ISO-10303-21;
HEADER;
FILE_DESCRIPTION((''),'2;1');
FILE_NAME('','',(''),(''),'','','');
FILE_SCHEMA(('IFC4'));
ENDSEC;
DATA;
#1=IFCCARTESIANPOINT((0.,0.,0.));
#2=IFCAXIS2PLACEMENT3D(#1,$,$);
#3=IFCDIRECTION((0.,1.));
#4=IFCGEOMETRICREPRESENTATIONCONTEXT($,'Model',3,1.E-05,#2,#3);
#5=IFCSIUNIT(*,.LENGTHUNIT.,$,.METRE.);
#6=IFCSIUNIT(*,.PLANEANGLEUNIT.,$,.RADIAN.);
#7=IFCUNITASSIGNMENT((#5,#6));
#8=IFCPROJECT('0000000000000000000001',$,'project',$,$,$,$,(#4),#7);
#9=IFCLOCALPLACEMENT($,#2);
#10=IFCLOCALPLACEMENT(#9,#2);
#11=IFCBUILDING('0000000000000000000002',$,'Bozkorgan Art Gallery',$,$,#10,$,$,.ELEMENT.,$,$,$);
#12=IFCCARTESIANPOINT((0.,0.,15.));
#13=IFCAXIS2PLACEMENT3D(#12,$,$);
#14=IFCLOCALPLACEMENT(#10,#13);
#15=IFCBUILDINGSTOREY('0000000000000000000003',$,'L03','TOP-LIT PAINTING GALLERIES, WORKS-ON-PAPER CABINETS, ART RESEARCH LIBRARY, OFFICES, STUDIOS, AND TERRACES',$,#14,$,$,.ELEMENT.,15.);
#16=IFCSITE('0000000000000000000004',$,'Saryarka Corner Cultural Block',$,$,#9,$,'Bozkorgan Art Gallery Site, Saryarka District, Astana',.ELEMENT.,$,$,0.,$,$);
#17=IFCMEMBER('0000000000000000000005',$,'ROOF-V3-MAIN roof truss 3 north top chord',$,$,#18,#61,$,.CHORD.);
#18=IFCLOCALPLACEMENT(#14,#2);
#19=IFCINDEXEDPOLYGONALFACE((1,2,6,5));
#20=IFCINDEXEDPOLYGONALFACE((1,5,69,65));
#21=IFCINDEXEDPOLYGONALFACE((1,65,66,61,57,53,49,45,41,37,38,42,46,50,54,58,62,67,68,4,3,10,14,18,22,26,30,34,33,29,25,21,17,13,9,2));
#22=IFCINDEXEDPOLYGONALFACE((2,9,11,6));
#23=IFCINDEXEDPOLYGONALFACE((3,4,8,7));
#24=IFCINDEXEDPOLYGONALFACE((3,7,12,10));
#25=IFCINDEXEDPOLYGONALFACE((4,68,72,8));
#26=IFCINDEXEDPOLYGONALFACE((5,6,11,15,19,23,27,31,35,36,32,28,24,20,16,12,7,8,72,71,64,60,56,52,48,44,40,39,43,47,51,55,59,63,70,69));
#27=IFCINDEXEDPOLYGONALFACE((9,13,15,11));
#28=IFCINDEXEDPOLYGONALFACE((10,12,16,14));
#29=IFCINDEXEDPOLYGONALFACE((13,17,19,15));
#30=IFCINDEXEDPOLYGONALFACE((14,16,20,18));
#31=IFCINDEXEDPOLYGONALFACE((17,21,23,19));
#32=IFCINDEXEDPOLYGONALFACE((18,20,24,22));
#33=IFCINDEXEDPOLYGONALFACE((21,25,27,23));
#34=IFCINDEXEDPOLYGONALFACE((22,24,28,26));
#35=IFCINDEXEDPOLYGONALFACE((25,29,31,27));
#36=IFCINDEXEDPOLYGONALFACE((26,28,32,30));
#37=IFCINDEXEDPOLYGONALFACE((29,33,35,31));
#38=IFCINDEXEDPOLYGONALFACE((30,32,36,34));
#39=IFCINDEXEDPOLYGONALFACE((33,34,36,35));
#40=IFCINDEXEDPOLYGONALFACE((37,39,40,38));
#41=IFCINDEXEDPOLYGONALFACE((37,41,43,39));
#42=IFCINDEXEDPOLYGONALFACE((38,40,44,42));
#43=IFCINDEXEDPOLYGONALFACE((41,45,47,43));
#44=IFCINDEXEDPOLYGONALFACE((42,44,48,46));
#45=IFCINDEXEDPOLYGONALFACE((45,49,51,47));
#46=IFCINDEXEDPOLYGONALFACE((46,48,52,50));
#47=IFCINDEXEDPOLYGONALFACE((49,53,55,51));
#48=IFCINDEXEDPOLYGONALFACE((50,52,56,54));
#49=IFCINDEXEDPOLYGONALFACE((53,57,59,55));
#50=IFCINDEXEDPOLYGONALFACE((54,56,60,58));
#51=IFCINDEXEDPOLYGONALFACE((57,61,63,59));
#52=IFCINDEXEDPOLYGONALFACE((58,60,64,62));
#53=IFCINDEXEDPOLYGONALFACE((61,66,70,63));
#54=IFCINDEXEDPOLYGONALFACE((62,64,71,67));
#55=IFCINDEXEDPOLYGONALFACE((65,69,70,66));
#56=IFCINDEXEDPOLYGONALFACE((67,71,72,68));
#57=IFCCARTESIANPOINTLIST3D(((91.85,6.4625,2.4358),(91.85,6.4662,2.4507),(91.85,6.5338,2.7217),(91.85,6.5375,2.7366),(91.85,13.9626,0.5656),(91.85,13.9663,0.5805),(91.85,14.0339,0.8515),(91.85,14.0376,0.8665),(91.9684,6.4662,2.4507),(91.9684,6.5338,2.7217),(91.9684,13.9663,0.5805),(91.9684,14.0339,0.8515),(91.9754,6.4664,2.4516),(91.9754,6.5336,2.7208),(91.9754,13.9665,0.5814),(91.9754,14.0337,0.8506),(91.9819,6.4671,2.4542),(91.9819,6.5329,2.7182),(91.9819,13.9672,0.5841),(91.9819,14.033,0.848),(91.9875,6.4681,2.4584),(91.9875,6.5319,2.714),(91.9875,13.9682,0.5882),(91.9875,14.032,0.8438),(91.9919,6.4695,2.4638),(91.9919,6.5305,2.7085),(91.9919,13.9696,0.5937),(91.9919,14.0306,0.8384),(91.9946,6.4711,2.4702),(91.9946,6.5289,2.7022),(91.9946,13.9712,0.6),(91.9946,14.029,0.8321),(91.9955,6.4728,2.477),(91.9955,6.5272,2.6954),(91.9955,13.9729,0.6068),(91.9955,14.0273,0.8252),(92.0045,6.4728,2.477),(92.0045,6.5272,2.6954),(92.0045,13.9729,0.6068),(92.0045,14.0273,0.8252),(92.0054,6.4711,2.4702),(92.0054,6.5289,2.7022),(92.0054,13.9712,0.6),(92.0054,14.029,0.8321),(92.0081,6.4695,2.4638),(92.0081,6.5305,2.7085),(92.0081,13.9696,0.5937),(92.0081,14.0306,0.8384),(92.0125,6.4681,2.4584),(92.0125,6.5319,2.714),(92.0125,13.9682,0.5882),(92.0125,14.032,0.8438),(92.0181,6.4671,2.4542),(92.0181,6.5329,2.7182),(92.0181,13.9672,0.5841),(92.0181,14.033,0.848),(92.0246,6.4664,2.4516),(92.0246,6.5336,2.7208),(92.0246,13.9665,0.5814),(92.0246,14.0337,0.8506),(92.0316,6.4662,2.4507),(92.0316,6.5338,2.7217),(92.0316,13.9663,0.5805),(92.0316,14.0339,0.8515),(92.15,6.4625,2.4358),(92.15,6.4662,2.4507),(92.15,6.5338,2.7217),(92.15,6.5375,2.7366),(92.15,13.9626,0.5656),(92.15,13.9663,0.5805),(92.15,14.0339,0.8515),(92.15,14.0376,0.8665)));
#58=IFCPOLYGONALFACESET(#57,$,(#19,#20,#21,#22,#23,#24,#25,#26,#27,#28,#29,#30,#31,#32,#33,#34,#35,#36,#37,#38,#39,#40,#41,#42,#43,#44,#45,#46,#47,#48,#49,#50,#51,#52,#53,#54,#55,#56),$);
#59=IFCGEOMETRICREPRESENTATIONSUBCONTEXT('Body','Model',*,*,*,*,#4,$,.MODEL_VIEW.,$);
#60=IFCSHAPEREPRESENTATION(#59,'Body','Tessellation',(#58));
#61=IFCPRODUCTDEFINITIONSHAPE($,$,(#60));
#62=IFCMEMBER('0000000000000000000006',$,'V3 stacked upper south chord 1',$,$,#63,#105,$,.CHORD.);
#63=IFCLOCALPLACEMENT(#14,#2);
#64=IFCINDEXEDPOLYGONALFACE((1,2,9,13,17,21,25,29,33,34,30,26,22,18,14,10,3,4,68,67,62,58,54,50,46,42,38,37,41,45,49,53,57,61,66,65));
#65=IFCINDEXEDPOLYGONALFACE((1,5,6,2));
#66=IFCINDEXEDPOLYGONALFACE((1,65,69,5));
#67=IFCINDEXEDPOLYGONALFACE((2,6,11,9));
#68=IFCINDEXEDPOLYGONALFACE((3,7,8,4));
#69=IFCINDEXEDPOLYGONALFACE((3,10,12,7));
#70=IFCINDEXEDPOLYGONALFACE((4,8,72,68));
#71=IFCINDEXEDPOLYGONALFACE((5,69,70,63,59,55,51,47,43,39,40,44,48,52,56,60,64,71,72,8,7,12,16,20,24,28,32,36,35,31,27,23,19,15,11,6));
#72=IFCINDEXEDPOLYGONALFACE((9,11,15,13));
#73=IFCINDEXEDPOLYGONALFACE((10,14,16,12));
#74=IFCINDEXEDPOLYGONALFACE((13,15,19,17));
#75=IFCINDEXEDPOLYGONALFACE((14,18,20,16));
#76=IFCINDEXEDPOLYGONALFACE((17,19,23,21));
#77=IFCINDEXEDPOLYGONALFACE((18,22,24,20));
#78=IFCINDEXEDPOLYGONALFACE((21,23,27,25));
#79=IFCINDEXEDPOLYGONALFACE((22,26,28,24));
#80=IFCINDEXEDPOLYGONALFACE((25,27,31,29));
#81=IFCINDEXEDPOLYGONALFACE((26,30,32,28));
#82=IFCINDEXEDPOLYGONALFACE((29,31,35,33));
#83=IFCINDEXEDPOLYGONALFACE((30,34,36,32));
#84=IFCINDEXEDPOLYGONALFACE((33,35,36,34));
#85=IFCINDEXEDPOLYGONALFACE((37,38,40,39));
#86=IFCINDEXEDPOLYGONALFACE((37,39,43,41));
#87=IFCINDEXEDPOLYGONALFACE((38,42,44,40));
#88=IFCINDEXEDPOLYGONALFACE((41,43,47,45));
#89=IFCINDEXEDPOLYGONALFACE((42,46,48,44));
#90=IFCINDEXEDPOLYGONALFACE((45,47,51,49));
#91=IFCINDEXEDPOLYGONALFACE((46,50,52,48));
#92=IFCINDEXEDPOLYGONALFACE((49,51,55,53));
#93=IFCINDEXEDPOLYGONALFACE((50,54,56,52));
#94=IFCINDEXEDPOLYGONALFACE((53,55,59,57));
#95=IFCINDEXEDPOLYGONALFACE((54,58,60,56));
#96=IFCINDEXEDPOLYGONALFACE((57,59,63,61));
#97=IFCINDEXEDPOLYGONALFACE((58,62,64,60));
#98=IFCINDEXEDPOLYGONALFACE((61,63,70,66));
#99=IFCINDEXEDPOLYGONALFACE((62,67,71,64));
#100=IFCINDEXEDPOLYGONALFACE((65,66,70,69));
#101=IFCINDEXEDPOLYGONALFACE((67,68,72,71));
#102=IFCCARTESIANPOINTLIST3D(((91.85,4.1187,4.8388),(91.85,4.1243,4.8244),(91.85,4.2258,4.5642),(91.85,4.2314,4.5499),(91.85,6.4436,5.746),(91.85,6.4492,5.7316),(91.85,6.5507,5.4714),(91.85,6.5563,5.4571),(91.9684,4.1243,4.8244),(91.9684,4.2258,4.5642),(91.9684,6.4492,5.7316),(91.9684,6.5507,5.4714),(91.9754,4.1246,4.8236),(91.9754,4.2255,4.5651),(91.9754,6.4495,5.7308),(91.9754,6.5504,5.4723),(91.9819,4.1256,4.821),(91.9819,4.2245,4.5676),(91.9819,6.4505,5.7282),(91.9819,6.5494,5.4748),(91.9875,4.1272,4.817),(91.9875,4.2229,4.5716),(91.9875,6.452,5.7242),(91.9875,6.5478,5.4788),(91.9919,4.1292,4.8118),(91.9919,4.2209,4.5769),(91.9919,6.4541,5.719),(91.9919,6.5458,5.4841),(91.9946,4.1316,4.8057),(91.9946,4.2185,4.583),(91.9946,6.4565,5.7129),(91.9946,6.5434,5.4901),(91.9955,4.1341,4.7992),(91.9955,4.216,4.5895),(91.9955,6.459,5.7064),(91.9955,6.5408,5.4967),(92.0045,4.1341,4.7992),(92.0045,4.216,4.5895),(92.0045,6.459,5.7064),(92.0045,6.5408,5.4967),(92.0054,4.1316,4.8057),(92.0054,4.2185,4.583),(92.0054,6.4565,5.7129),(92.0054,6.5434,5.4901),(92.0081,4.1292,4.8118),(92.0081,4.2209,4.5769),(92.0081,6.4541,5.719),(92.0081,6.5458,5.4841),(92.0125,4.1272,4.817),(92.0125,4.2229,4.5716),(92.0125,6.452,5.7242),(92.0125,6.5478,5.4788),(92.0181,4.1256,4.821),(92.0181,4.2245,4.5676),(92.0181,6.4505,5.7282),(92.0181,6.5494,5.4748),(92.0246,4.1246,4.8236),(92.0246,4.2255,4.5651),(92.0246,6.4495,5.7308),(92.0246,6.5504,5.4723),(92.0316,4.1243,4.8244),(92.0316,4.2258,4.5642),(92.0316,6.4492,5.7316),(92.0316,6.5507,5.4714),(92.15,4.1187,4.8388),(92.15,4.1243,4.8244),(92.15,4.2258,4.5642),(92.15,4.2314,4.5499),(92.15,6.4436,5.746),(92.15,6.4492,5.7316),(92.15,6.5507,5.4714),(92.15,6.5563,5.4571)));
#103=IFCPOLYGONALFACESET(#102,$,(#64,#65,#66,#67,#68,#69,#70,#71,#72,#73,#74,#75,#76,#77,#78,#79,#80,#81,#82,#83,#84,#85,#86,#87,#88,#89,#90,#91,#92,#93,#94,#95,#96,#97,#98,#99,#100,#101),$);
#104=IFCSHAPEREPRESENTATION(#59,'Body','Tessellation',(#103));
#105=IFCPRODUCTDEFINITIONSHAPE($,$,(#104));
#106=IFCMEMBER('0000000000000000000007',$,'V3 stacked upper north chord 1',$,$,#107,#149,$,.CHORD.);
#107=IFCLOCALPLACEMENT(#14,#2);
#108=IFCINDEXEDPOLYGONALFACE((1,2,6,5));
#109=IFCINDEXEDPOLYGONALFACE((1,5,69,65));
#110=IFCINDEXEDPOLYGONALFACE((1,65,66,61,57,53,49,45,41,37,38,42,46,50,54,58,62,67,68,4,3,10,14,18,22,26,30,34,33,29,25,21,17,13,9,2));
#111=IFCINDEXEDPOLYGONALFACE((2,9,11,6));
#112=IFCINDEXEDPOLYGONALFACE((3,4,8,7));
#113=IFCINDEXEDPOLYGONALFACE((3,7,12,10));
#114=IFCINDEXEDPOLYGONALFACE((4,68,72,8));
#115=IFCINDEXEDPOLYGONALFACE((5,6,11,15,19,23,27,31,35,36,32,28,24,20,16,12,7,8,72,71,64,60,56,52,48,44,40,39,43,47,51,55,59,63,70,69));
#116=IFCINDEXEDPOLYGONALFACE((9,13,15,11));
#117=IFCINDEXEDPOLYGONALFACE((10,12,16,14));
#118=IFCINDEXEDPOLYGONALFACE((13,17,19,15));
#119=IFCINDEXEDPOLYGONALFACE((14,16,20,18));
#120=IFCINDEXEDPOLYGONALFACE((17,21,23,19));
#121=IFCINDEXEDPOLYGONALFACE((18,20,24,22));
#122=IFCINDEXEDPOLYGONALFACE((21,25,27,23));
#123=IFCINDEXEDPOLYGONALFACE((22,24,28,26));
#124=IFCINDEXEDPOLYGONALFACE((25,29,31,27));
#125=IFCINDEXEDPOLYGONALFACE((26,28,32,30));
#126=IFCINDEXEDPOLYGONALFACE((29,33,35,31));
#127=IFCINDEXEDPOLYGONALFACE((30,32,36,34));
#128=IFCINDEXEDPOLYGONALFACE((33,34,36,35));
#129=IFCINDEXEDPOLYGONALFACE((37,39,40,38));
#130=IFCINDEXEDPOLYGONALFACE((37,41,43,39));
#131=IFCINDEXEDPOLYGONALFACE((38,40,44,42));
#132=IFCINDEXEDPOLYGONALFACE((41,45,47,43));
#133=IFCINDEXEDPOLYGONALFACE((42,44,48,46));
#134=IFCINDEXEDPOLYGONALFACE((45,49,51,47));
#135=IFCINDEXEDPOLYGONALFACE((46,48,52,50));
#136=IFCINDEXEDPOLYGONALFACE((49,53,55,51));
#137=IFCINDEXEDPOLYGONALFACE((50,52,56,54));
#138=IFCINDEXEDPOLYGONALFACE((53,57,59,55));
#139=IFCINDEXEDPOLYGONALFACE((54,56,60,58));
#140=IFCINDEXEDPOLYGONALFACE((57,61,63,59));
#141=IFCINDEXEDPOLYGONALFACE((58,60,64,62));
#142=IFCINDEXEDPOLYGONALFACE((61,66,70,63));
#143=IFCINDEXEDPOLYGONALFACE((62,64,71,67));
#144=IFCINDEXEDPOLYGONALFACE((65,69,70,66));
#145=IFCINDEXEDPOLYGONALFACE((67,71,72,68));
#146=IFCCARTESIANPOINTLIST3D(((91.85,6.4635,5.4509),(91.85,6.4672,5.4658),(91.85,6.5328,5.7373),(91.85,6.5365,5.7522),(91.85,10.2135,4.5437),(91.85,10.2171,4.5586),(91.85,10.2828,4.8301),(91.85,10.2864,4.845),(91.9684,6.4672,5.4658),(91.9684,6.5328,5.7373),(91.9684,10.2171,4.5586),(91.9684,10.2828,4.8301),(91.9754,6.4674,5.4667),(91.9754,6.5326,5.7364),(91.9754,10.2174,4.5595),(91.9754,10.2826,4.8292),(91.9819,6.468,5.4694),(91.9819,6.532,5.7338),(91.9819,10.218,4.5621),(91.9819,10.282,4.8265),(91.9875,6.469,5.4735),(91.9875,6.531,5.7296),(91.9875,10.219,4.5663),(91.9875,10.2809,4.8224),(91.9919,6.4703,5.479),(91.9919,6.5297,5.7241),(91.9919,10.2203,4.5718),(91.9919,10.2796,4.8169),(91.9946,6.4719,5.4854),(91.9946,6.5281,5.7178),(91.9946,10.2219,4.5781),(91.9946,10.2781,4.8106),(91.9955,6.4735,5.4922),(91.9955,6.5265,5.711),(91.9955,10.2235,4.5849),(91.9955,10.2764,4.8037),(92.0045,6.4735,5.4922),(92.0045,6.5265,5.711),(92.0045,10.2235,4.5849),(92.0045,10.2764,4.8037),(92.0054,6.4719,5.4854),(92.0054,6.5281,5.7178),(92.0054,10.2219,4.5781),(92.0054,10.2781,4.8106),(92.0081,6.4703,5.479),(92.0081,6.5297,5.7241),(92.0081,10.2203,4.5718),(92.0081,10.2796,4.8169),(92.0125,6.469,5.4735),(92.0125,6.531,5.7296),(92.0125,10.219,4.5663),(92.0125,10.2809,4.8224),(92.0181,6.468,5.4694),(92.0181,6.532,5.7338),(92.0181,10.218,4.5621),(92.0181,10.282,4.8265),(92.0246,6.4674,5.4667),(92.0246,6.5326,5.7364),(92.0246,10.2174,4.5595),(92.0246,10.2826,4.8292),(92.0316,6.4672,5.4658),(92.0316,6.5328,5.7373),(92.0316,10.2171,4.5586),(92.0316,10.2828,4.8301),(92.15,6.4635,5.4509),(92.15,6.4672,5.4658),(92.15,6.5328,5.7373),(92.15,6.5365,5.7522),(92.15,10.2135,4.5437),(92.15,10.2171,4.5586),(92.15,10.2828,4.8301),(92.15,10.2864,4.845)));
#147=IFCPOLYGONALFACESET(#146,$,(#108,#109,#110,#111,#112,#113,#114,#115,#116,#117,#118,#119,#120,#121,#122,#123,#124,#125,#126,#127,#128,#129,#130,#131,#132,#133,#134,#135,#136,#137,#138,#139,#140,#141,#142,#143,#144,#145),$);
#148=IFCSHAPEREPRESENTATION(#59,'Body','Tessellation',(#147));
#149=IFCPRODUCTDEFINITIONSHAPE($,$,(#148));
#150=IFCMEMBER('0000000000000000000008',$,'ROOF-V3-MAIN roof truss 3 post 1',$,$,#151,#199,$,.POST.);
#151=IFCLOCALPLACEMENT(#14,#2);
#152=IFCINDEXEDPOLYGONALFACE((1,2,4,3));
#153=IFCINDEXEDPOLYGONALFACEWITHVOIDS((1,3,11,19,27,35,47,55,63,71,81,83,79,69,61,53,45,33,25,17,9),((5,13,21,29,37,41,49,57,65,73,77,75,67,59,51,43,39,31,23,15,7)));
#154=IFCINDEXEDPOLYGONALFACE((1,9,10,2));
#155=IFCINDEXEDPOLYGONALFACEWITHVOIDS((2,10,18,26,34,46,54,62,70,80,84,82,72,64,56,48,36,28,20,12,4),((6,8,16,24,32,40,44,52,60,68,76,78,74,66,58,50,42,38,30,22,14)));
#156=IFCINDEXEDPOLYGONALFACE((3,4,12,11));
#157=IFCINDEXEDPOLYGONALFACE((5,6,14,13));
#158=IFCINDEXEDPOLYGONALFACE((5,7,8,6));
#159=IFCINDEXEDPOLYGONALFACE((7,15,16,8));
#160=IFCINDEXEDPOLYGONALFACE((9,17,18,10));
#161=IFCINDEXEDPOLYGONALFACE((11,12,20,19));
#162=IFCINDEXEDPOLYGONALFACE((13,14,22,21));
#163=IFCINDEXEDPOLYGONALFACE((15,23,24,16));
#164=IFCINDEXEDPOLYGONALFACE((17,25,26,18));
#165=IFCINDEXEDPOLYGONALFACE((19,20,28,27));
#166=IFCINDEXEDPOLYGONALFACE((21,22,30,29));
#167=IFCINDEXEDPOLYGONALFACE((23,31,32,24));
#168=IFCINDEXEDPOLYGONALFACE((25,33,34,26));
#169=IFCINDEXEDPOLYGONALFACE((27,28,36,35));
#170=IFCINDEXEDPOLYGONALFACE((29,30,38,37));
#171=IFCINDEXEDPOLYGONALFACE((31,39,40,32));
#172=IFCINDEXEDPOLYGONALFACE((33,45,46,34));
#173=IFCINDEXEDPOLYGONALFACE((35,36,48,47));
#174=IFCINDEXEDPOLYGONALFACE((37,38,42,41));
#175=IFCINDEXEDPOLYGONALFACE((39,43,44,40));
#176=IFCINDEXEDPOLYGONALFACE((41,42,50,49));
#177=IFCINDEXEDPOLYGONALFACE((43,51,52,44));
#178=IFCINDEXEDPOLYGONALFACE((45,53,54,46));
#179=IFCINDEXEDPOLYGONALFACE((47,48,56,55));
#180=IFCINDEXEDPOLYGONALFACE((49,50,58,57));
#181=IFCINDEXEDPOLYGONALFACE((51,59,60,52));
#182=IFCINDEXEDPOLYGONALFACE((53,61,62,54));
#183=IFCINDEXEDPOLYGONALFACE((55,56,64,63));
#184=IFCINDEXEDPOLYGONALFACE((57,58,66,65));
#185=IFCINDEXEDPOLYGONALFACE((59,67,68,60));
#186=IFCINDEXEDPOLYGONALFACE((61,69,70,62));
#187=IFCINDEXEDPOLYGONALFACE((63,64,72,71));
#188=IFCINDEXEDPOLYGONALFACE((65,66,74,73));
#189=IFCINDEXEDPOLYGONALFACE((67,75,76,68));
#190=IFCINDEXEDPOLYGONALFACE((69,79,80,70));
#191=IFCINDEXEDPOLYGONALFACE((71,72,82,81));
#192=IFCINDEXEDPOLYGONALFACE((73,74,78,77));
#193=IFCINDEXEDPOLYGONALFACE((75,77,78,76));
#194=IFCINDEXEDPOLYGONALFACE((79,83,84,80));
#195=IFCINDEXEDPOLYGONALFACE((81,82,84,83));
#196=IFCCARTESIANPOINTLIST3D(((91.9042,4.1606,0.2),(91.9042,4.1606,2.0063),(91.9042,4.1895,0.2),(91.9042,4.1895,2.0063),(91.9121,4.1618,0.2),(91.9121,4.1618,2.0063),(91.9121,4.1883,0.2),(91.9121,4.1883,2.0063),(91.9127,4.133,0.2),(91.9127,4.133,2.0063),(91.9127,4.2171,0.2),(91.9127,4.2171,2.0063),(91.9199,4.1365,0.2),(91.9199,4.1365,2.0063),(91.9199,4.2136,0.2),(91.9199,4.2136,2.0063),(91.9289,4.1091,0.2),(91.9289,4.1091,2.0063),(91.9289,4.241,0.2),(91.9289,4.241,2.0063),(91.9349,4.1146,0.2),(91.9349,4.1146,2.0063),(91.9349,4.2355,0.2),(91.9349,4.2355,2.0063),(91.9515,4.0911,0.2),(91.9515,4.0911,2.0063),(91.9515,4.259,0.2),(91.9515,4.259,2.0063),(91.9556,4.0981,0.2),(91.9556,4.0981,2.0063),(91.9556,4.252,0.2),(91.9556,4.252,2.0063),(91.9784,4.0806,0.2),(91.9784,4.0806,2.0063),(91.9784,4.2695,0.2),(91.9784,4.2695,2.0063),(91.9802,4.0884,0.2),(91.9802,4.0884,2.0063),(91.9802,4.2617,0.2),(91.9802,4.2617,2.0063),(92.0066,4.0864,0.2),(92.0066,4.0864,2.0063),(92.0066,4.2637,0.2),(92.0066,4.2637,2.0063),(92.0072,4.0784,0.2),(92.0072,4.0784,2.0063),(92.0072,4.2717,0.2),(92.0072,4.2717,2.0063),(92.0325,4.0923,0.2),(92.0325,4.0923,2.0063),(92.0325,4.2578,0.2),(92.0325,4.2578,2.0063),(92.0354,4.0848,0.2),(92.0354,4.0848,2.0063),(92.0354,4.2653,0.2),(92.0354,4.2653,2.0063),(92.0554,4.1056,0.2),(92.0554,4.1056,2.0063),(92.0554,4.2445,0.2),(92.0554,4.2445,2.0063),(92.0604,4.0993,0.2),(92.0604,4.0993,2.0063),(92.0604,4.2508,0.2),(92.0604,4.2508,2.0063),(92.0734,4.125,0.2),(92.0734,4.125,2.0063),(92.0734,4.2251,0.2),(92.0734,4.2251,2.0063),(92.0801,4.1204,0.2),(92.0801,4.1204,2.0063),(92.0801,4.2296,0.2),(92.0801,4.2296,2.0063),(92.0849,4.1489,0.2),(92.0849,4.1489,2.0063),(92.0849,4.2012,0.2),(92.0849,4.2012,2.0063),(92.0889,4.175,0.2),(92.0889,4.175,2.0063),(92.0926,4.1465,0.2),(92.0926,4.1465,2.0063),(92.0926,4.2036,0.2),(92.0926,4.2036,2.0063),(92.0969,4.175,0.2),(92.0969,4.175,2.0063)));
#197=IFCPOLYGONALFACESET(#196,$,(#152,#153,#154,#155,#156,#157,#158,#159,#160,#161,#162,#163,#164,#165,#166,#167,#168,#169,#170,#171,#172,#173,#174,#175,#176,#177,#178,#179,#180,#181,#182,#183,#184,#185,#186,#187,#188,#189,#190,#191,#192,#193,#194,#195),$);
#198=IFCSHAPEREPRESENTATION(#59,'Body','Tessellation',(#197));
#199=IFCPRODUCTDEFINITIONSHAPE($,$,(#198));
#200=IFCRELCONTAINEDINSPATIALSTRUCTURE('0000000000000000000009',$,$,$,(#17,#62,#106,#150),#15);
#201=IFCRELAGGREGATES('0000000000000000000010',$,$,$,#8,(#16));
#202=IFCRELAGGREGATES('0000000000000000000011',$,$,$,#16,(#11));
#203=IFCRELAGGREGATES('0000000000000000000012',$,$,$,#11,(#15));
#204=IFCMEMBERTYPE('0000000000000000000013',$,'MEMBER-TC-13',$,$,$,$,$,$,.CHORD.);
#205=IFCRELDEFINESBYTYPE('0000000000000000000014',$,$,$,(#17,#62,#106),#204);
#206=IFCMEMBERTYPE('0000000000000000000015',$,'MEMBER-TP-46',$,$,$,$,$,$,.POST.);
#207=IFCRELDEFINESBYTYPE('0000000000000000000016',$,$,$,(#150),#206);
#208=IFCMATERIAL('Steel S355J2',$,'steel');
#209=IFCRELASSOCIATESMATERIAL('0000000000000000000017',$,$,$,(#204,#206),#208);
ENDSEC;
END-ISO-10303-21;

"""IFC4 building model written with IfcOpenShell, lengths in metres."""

from ifc_helpers import new_model, si_unit, direction, frame, origin, origin_2d, place, context, subcontext, project, spatial, hollow_circle, i_section, extrude, material, material_profile, profile_set, type_object, element, save


model = new_model("IFC4")

# Units and contexts
model_context = context("Model", 3, precision=1e-05, world=origin(), true_north=direction((0.0, 1.0)))
body_context = subcontext(model_context, "Body", "Model", "MODEL_VIEW")
ifc_project = project(units=[si_unit("LENGTHUNIT", "METRE"), si_unit("PLANEANGLEUNIT", "RADIAN")], contexts=[model_context])

# Site, building, storey
site_placement = place(None, origin())
site = spatial("IfcSite", under=ifc_project, at=site_placement, Name="Saryarka Corner Cultural Block", LongName="Bozkorgan Art Gallery Site, Saryarka District, Astana", CompositionType="ELEMENT", RefElevation=0.0)
building_placement = place(site_placement, origin())
building = spatial("IfcBuilding", under=site, at=building_placement, Name="Bozkorgan Art Gallery", CompositionType="ELEMENT")
storey_placement = place(building_placement, frame((0.0, 0.0, 15.0)))
storey = spatial("IfcBuildingStorey", under=building, at=storey_placement, Name="L03", Description="TOP-LIT PAINTING GALLERIES, WORKS-ON-PAPER CABINETS, ART RESEARCH LIBRARY, OFFICES, STUDIOS, AND TERRACES", CompositionType="ELEMENT", Elevation=15.0)

# Shared definitions
ifc_material_1 = material(Name="Steel S355J2", Category="steel")

# Members
ifc_material_profile_1 = material_profile(ifc_material_1, i_section(OverallWidth=0.3, OverallDepth=0.3101, WebThickness=0.009, FlangeThickness=0.0154, FilletRadius=0.0271, at=origin_2d()), Name="HEA 320")
ifc_profile_set_1 = profile_set([ifc_material_profile_1], Name="Steel S355J2")
member_type_1 = type_object("IfcMemberType", Name="MEMBER-TC-13", PredefinedType="CHORD", material=ifc_profile_set_1)
member_1_placement = place(storey_placement, frame((92.0, 6.5, 2.5862), z_axis=(0.0, 0.970291, -0.241941), x_axis=(-1.0, 0.0, 0.0)))
element("IfcMember", 1, at=member_1_placement, inside=storey, type_object=member_type_1, Name="ROOF-V3-MAIN roof truss 3 north top chord", PredefinedType="CHORD", context=body_context, shape_type="SweptSolid", body=[
    extrude(i_section(OverallWidth=0.3, OverallDepth=0.3101, WebThickness=0.009, FlangeThickness=0.0154, FilletRadius=0.0271, at=origin_2d()), origin(), (0.0, 0.0, 1.0), 7.7297),
])
member_2_placement = place(storey_placement, frame((92.0, 4.175, 4.6943), z_axis=(0.0, 0.931587, 0.363518), x_axis=(-1.0, 0.0, 0.0)))
element("IfcMember", 2, at=member_2_placement, inside=storey, type_object=member_type_1, Name="V3 stacked upper south chord 1", PredefinedType="CHORD", context=body_context, shape_type="SweptSolid", body=[
    extrude(i_section(OverallWidth=0.3, OverallDepth=0.3101, WebThickness=0.009, FlangeThickness=0.0154, FilletRadius=0.0271, at=origin_2d()), origin(), (0.0, 0.0, 1.0), 2.4956),
])
member_3_placement = place(storey_placement, frame((92.0, 6.5, 5.6016), z_axis=(0.0, 0.971961, -0.235144), x_axis=(-1.0, 0.0, 0.0)))
element("IfcMember", 3, at=member_3_placement, inside=storey, type_object=member_type_1, Name="V3 stacked upper north chord 1", PredefinedType="CHORD", context=body_context, shape_type="SweptSolid", body=[
    extrude(i_section(OverallWidth=0.3, OverallDepth=0.3101, WebThickness=0.009, FlangeThickness=0.0154, FilletRadius=0.0271, at=origin_2d()), origin(), (0.0, 0.0, 1.0), 3.8582),
])
ifc_material_profile_2 = material_profile(ifc_material_1, hollow_circle(Radius=0.0969, WallThickness=0.0081, at=origin_2d()), Name="CHS 193.7x8")
ifc_profile_set_2 = profile_set([ifc_material_profile_2], Name="Steel S355J2")
member_type_2 = type_object("IfcMemberType", Name="MEMBER-TP-46", PredefinedType="POST", material=ifc_profile_set_2)
member_4_placement = place(storey_placement, frame((92.0, 4.175, 0.2), z_axis=(0.0, 0.0, 1.0), x_axis=(1.0, 0.0, 0.0)))
element("IfcMember", 4, at=member_4_placement, inside=storey, type_object=member_type_2, Name="ROOF-V3-MAIN roof truss 3 post 1", PredefinedType="POST", context=body_context, shape_type="SweptSolid", body=[
    extrude(hollow_circle(Radius=0.0969, WallThickness=0.0081, at=origin_2d()), origin(), (0.0, 0.0, 1.0), 1.8064),
])

save(model, "model.ifc")
